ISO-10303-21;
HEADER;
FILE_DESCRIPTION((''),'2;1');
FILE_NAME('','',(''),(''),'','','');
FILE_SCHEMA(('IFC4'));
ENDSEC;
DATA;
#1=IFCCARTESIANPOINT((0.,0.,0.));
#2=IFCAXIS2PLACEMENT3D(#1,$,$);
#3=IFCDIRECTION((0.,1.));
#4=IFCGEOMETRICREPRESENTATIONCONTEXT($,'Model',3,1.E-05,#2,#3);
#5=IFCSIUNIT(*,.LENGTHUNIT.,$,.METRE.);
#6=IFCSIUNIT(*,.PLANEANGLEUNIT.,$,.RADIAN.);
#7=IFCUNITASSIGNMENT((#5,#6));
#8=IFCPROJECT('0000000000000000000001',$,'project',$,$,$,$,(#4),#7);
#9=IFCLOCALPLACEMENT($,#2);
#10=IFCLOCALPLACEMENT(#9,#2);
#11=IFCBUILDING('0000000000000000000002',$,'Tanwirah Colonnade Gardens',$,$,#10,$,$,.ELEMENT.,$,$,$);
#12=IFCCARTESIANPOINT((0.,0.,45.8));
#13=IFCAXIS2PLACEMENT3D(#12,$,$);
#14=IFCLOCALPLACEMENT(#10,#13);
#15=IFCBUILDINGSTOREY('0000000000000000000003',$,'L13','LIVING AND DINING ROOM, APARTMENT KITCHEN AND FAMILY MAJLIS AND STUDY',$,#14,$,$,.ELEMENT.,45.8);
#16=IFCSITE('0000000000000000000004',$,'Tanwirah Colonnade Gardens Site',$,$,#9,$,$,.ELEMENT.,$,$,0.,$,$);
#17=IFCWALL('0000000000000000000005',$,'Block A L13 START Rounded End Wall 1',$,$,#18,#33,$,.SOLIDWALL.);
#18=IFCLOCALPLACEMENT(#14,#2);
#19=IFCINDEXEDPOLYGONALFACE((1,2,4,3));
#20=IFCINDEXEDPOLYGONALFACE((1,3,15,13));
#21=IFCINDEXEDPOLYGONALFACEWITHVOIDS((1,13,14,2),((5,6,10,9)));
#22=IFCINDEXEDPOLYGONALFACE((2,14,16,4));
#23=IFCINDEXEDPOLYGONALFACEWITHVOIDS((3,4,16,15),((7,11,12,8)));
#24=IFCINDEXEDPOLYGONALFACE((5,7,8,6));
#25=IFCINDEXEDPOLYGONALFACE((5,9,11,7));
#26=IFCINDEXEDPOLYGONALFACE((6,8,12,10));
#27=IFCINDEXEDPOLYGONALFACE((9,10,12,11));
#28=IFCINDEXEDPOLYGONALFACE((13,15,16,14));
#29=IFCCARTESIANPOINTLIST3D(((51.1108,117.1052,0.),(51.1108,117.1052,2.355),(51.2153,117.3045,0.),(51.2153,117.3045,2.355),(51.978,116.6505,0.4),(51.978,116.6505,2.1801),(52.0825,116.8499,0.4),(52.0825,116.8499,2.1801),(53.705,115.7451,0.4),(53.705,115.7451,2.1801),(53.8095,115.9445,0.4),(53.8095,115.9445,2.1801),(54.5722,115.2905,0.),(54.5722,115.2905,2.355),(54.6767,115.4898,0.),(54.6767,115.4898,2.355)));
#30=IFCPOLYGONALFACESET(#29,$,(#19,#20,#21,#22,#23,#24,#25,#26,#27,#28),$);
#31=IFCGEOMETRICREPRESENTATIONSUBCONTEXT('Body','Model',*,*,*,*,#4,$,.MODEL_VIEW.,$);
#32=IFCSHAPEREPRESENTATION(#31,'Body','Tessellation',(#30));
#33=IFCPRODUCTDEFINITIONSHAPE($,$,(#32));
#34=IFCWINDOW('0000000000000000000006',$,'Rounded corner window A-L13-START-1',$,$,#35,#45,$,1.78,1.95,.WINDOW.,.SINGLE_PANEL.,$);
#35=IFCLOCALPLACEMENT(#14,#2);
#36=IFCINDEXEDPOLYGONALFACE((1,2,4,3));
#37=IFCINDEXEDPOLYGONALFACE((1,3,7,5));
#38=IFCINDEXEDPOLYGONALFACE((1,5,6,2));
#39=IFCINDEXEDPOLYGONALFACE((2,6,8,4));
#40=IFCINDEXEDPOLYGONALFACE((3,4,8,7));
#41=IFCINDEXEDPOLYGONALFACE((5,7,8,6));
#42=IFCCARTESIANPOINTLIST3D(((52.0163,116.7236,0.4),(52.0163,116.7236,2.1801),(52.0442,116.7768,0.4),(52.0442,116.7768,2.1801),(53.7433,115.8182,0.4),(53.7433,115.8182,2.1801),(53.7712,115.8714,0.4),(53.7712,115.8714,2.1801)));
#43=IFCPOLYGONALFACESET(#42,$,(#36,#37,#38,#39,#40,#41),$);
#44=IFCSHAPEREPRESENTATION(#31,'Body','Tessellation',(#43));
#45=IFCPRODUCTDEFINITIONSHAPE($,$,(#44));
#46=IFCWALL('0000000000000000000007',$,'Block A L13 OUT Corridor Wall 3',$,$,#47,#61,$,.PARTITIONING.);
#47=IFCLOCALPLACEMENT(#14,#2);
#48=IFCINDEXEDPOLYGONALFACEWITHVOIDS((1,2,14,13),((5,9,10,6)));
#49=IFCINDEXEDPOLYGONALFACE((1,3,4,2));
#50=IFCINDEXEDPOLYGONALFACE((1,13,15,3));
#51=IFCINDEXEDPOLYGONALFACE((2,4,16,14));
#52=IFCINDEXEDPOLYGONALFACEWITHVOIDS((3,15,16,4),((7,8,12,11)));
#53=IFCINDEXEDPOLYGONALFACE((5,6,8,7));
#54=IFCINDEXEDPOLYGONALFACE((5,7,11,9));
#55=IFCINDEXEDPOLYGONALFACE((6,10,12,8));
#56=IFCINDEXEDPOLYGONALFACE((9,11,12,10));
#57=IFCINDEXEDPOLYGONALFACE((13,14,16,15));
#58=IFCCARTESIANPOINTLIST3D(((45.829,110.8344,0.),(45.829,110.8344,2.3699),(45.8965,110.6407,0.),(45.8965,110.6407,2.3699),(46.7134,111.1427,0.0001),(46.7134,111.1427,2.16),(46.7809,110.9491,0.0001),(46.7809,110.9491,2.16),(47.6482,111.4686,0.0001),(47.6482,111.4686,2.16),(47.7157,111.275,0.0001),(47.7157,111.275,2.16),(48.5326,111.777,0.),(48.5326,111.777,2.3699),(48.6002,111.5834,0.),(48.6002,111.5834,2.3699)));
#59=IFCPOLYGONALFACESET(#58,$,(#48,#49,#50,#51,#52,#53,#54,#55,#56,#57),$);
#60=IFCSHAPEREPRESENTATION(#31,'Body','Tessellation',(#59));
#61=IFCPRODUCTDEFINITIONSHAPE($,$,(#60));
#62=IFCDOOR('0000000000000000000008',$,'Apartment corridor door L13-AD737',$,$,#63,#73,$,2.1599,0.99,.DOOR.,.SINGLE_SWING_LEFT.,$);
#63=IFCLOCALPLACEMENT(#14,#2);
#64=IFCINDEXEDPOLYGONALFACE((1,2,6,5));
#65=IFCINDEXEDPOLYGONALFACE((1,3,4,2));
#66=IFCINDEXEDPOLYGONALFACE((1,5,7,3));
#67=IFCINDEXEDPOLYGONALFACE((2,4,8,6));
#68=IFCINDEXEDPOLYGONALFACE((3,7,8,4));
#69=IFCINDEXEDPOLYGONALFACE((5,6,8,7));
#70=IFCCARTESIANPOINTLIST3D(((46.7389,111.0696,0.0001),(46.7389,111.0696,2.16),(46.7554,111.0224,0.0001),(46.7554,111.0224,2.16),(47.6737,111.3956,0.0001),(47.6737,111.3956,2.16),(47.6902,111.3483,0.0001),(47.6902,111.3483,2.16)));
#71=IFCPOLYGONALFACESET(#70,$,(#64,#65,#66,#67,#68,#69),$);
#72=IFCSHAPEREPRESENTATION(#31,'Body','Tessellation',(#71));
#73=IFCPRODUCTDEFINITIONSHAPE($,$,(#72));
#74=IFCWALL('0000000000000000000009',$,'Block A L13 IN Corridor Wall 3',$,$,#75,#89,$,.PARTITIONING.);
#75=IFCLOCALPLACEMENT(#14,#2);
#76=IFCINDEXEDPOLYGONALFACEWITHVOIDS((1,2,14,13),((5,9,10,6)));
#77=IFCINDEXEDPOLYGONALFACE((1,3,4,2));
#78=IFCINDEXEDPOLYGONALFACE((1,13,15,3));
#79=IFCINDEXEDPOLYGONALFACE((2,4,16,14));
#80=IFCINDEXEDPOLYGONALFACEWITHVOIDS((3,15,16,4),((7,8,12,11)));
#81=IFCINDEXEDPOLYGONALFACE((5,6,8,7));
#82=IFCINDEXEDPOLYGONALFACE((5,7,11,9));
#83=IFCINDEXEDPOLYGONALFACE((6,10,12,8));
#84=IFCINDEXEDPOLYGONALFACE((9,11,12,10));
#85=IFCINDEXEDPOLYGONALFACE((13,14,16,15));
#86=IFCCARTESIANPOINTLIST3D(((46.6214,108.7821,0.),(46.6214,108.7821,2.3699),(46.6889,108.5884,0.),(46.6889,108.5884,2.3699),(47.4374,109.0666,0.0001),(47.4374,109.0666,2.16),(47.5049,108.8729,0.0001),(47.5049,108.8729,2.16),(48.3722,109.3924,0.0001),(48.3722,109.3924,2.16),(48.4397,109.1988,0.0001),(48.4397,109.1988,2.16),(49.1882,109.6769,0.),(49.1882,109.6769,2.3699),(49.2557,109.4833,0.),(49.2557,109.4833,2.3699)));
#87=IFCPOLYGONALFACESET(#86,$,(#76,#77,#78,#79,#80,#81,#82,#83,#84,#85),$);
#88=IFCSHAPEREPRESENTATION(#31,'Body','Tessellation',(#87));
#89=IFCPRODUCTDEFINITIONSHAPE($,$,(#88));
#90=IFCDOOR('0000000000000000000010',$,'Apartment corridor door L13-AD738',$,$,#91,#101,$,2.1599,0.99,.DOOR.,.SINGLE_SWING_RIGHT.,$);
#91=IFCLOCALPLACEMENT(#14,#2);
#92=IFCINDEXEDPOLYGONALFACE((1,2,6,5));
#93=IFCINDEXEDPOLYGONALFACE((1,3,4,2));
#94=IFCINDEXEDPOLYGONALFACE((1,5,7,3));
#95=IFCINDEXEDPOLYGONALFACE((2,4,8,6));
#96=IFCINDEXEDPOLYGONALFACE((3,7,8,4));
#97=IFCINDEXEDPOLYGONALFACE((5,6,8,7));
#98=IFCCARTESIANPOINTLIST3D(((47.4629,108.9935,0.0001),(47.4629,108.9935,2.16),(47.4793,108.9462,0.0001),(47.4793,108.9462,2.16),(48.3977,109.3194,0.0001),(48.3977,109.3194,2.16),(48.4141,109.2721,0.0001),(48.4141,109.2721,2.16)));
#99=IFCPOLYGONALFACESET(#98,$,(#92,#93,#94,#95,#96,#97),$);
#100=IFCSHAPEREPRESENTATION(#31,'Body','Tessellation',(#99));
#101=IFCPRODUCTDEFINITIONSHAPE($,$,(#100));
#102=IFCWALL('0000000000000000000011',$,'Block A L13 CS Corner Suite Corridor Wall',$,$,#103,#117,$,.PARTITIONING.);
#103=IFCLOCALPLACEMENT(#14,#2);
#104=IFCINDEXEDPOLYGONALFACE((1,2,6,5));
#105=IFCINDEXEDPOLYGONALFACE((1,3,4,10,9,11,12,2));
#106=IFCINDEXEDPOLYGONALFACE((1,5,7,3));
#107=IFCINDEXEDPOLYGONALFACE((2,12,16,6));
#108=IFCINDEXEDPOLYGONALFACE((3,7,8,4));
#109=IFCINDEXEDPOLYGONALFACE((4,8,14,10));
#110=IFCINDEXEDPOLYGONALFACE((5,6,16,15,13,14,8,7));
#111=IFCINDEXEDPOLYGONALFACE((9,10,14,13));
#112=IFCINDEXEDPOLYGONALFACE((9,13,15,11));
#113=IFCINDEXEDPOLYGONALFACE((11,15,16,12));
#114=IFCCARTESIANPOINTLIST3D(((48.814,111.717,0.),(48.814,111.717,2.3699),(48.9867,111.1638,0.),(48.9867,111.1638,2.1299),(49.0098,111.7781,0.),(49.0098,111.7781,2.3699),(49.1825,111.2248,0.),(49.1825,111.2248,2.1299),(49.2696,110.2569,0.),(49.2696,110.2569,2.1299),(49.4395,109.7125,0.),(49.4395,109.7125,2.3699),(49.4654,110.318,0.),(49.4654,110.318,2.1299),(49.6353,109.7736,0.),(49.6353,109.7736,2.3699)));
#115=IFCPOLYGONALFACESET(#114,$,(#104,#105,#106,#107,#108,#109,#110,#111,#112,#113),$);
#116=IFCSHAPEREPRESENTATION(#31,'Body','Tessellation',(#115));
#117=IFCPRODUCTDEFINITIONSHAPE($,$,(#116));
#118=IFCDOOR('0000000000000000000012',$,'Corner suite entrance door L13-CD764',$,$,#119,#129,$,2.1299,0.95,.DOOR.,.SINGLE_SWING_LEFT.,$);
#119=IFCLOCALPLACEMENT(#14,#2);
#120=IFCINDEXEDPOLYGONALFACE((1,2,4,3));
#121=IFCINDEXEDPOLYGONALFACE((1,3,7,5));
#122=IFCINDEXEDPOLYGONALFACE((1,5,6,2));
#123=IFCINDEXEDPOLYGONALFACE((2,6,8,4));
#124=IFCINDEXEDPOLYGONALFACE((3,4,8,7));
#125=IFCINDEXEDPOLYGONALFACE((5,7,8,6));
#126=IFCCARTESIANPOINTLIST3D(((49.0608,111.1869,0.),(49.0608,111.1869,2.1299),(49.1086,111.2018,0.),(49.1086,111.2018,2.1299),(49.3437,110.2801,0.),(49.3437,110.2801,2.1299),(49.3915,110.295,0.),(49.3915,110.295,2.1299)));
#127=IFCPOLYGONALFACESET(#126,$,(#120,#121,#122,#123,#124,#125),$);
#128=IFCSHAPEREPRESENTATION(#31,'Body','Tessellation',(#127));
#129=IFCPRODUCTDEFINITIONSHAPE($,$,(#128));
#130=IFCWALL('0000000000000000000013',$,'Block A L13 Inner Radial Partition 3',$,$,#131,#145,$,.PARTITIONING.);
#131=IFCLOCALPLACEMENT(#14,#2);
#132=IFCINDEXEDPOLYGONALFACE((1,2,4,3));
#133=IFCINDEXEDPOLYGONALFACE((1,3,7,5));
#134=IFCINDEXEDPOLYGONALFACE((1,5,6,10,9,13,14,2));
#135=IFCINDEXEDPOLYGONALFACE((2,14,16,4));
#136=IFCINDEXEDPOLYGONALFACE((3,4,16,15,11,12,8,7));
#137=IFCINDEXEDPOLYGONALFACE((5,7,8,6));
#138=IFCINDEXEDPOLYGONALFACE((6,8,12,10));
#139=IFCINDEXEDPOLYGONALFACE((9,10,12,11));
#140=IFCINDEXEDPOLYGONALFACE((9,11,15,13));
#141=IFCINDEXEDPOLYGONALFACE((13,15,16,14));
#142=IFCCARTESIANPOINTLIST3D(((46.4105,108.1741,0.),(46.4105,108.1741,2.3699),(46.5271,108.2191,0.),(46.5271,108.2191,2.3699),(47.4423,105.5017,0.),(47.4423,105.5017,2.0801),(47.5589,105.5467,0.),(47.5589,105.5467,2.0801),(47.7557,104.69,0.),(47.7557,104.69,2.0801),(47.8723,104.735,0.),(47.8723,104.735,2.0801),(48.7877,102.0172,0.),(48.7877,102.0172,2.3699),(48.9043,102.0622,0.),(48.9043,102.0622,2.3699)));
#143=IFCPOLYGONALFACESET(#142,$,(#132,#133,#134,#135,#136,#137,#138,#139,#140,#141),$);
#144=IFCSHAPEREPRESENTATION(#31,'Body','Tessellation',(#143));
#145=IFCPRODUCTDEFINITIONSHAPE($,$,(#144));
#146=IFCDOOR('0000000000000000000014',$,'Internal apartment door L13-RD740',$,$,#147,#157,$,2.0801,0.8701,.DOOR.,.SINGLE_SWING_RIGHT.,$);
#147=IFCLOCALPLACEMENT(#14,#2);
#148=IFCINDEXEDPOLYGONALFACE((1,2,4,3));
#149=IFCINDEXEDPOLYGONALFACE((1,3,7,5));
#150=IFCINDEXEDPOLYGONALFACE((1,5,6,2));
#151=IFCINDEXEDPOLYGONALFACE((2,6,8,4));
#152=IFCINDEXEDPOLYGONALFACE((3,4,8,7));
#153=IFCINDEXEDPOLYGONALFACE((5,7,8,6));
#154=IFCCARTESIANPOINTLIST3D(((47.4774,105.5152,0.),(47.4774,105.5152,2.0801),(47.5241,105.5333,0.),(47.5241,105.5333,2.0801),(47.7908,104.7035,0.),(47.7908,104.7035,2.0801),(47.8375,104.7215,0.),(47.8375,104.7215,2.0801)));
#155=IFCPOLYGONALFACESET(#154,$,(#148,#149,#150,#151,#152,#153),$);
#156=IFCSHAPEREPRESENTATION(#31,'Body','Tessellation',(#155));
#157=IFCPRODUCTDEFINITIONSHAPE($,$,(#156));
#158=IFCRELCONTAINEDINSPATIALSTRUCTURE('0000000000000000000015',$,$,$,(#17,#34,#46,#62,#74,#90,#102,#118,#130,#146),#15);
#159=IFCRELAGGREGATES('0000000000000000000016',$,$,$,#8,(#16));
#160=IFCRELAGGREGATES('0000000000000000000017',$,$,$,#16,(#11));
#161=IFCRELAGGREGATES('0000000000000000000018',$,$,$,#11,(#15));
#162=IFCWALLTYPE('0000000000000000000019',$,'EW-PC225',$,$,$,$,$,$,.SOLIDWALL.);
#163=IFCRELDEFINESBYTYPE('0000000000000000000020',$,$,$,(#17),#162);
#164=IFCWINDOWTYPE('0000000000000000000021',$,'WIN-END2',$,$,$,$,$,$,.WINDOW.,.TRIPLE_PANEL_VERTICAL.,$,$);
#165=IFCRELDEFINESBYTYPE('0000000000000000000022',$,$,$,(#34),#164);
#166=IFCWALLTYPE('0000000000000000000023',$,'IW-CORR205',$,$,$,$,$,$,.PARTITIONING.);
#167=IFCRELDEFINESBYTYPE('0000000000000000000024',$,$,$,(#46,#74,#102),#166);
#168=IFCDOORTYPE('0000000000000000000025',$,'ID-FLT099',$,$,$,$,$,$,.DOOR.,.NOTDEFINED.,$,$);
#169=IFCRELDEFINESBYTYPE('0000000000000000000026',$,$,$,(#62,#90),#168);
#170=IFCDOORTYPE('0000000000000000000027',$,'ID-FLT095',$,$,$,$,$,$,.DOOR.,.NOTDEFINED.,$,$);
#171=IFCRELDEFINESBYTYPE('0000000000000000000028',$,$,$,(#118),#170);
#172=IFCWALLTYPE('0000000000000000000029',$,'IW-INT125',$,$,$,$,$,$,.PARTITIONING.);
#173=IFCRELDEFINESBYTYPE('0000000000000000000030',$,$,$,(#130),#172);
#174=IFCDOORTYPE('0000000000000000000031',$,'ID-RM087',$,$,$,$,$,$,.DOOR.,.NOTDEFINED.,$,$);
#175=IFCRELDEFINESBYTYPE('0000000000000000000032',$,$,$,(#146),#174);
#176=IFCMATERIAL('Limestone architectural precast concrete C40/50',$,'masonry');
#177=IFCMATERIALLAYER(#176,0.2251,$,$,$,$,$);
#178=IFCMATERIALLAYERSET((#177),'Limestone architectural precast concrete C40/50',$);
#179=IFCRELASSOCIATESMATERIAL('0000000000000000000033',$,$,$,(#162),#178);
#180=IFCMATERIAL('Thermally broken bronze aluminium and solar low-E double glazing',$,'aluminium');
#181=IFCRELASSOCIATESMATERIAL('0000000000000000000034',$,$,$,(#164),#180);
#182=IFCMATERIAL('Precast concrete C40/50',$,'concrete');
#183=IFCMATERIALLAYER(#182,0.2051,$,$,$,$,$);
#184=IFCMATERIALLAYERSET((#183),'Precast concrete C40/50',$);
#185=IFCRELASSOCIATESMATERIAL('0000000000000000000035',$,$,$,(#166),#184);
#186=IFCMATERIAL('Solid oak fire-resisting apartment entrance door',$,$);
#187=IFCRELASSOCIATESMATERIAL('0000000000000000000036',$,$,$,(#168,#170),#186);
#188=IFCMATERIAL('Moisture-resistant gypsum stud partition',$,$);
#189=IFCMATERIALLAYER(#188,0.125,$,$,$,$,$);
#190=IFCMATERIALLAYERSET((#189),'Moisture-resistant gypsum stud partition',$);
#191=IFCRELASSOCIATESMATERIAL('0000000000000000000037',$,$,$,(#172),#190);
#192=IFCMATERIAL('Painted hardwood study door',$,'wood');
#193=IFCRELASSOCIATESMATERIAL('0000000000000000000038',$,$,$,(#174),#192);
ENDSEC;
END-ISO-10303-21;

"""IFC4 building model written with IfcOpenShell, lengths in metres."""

from ifc_helpers import new_model, si_unit, direction, frame, frame_2d, origin, place, context, subcontext, project, spatial, rectangle, extrude, material, layer, layer_set, type_object, element, fill, save


model = new_model("IFC4")

# Units and contexts
model_context = context("Model", 3, precision=1e-05, world=origin(), true_north=direction((0.0, 1.0)))
body_context = subcontext(model_context, "Body", "Model", "MODEL_VIEW")
ifc_project = project(units=[si_unit("LENGTHUNIT", "METRE"), si_unit("PLANEANGLEUNIT", "RADIAN")], contexts=[model_context])

# Site, building, storey
site_placement = place(None, origin())
site = spatial("IfcSite", under=ifc_project, at=site_placement, Name="Tanwirah Colonnade Gardens Site", CompositionType="ELEMENT", RefElevation=0.0)
building_placement = place(site_placement, origin())
building = spatial("IfcBuilding", under=site, at=building_placement, Name="Tanwirah Colonnade Gardens", CompositionType="ELEMENT")
storey_placement = place(building_placement, frame((0.0, 0.0, 45.8)))
storey = spatial("IfcBuildingStorey", under=building, at=storey_placement, Name="L13", Description="LIVING AND DINING ROOM, APARTMENT KITCHEN AND FAMILY MAJLIS AND STUDY", CompositionType="ELEMENT", Elevation=45.8)

# Shared definitions
ifc_material_1 = material(Name="Precast concrete C40/50", Category="concrete")

# Wall, opening, window
ifc_material_2 = material(Name="Limestone architectural precast concrete C40/50", Category="masonry")
ifc_layer_1 = layer(ifc_material_2, 0.2251)
ifc_layer_set_1 = layer_set([ifc_layer_1], Name="Limestone architectural precast concrete C40/50")
wall_type_1 = type_object("IfcWallType", Name="EW-PC225", PredefinedType="SOLIDWALL", material=ifc_layer_set_1)
wall_1_placement = place(storey_placement, frame((51.1631, 117.2048, 0.0), z_axis=(0.0, 0.0, 1.0), x_axis=(0.885666, -0.464322, 0.0)))
wall_1 = element("IfcWall", 1, at=wall_1_placement, inside=storey, type_object=wall_type_1, Name="Block A L13 START Rounded End Wall 1", PredefinedType="SOLIDWALL", context=body_context, shape_type="SweptSolid", body=[
    extrude(rectangle(XDim=3.9082, YDim=0.2251, at=frame_2d((1.9541, 0.0))), origin(), (0.0, 0.0, 1.0), 2.355),
])
opening_1_placement = place(wall_1_placement, frame((0.979, 0.0, 0.3999)))
opening_1 = element("IfcOpeningElement", 2, at=opening_1_placement, cuts=wall_1, PredefinedType="OPENING", context=body_context, shape_type="SweptSolid", body=[
    extrude(rectangle(XDim=1.95, YDim=1.78, at=frame_2d((0.9751, 0.8901))), frame((0.0, 0.1226, 0.0), z_axis=(0.0, -1.0, 0.0), x_axis=(1.0, 0.0, 0.0)), (0.0, 0.0, 1.0), 0.2451),
])
ifc_material_3 = material(Name="Thermally broken bronze aluminium and solar low-E double glazing", Category="aluminium")
window_type = type_object("IfcWindowType", Name="WIN-END2", PartitioningType="TRIPLE_PANEL_VERTICAL", PredefinedType="WINDOW", material=ifc_material_3)
window_placement = place(opening_1_placement, origin())
window = element("IfcWindow", 3, at=window_placement, inside=storey, type_object=window_type, Name="Rounded corner window A-L13-START-1", OverallHeight=1.78, OverallWidth=1.95, PartitioningType="SINGLE_PANEL", PredefinedType="WINDOW", context=body_context, shape_type="SweptSolid", body=[
    extrude(rectangle(XDim=1.95, YDim=1.78, at=frame_2d((0.9751, 0.8901))), frame((0.0, 0.03, 0.0), z_axis=(0.0, -1.0, 0.0), x_axis=(1.0, 0.0, 0.0)), (0.0, 0.0, 1.0), 0.0601),
])
fill(opening_1, window)

# Walls, openings, doors
ifc_layer_2 = layer(ifc_material_1, 0.2051)
ifc_layer_set_2 = layer_set([ifc_layer_2], Name="Precast concrete C40/50")
wall_type_2 = type_object("IfcWallType", Name="IW-CORR205", PredefinedType="PARTITIONING", material=ifc_layer_set_2)
wall_2_placement = place(storey_placement, frame((48.5664, 111.6802, 0.0), z_axis=(0.0, 0.0, 1.0), x_axis=(-0.944254, -0.329218, 0.0)))
wall_2 = element("IfcWall", 4, at=wall_2_placement, inside=storey, type_object=wall_type_2, Name="Block A L13 OUT Corridor Wall 3", PredefinedType="PARTITIONING", context=body_context, shape_type="SweptSolid", body=[
    extrude(rectangle(XDim=2.8633, YDim=0.2051, at=frame_2d((1.4316, 0.0))), origin(), (0.0, 0.0, 1.0), 2.3699),
])
opening_2_placement = place(wall_2_placement, frame((0.9365, 0.0, 0.0)))
opening_2 = element("IfcOpeningElement", 5, at=opening_2_placement, cuts=wall_2, PredefinedType="OPENING", context=body_context, shape_type="SweptSolid", body=[
    extrude(rectangle(XDim=0.99, YDim=2.1599, at=frame_2d((0.4951, 1.0801))), frame((0.0, 0.1125, 0.0), z_axis=(0.0, -1.0, 0.0), x_axis=(1.0, 0.0, 0.0)), (0.0, 0.0, 1.0), 0.2251),
])
ifc_material_4 = material(Name="Solid oak fire-resisting apartment entrance door")
door_type_1 = type_object("IfcDoorType", Name="ID-FLT099", OperationType="NOTDEFINED", PredefinedType="DOOR", material=ifc_material_4)
door_1_placement = place(opening_2_placement, origin())
door_1 = element("IfcDoor", 6, at=door_1_placement, inside=storey, type_object=door_type_1, Name="Apartment corridor door L13-AD737", OperationType="SINGLE_SWING_LEFT", OverallHeight=2.1599, OverallWidth=0.99, PredefinedType="DOOR", context=body_context, shape_type="SweptSolid", body=[
    extrude(rectangle(XDim=0.99, YDim=2.1599, at=frame_2d((0.4951, 1.0801))), frame((0.0, 0.0249, 0.0), z_axis=(0.0, -1.0, 0.0), x_axis=(1.0, 0.0, 0.0)), (0.0, 0.0, 1.0), 0.05),
])
fill(opening_2, door_1)
wall_3_placement = place(storey_placement, frame((49.2219, 109.5801, 0.0), z_axis=(0.0, 0.0, 1.0), x_axis=(-0.944265, -0.329186, 0.0)))
wall_3 = element("IfcWall", 7, at=wall_3_placement, inside=storey, type_object=wall_type_2, Name="Block A L13 IN Corridor Wall 3", PredefinedType="PARTITIONING", context=body_context, shape_type="SweptSolid", body=[
    extrude(rectangle(XDim=2.7183, YDim=0.2051, at=frame_2d((1.3591, 0.0))), origin(), (0.0, 0.0, 1.0), 2.3699),
])
opening_3_placement = place(wall_3_placement, frame((0.864, 0.0, 0.0)))
opening_3 = element("IfcOpeningElement", 8, at=opening_3_placement, cuts=wall_3, PredefinedType="OPENING", context=body_context, shape_type="SweptSolid", body=[
    extrude(rectangle(XDim=0.99, YDim=2.1599, at=frame_2d((0.4951, 1.0801))), frame((0.0, 0.1125, 0.0), z_axis=(0.0, -1.0, 0.0), x_axis=(1.0, 0.0, 0.0)), (0.0, 0.0, 1.0), 0.2251),
])
door_2_placement = place(opening_3_placement, origin())
door_2 = element("IfcDoor", 9, at=door_2_placement, inside=storey, type_object=door_type_1, Name="Apartment corridor door L13-AD738", OperationType="SINGLE_SWING_RIGHT", OverallHeight=2.1599, OverallWidth=0.99, PredefinedType="DOOR", context=body_context, shape_type="SweptSolid", body=[
    extrude(rectangle(XDim=0.99, YDim=2.1599, at=frame_2d((0.4951, 1.0801))), frame((0.0, 0.0249, 0.0), z_axis=(0.0, -1.0, 0.0), x_axis=(1.0, 0.0, 0.0)), (0.0, 0.0, 1.0), 0.05),
])
fill(opening_3, door_2)
wall_4_placement = place(storey_placement, frame((49.5374, 109.7432, 0.0), z_axis=(0.0, 0.0, 1.0), x_axis=(-0.297858, 0.95461, 0.0)))
wall_4 = element("IfcWall", 10, at=wall_4_placement, inside=storey, type_object=wall_type_2, Name="Block A L13 CS Corner Suite Corridor Wall", PredefinedType="PARTITIONING", context=body_context, shape_type="SweptSolid", body=[
    extrude(rectangle(XDim=2.0999, YDim=0.2051, at=frame_2d((1.0498, 0.0))), origin(), (0.0, 0.0, 1.0), 2.3699),
])
opening_4_placement = place(wall_4_placement, frame((0.5701, 0.0, 0.0)))
opening_4 = element("IfcOpeningElement", 11, at=opening_4_placement, cuts=wall_4, PredefinedType="OPENING", context=body_context, shape_type="SweptSolid", body=[
    extrude(rectangle(XDim=0.95, YDim=2.1299, at=frame_2d((0.4751, 1.0649))), frame((0.0, 0.1125, 0.0), z_axis=(0.0, -1.0, 0.0), x_axis=(1.0, 0.0, 0.0)), (0.0, 0.0, 1.0), 0.2251),
])
door_type_2 = type_object("IfcDoorType", Name="ID-FLT095", OperationType="NOTDEFINED", PredefinedType="DOOR", material=ifc_material_4)
door_3_placement = place(opening_4_placement, origin())
door_3 = element("IfcDoor", 12, at=door_3_placement, inside=storey, type_object=door_type_2, Name="Corner suite entrance door L13-CD764", OperationType="SINGLE_SWING_LEFT", OverallHeight=2.1299, OverallWidth=0.95, PredefinedType="DOOR", context=body_context, shape_type="SweptSolid", body=[
    extrude(rectangle(XDim=0.95, YDim=2.1299, at=frame_2d((0.4751, 1.0649))), frame((0.0, 0.0249, 0.0), z_axis=(0.0, -1.0, 0.0), x_axis=(1.0, 0.0, 0.0)), (0.0, 0.0, 1.0), 0.05),
])
fill(opening_4, door_3)
ifc_material_5 = material(Name="Moisture-resistant gypsum stud partition")
ifc_layer_3 = layer(ifc_material_5, 0.125)
ifc_layer_set_3 = layer_set([ifc_layer_3], Name="Moisture-resistant gypsum stud partition")
wall_type_3 = type_object("IfcWallType", Name="IW-INT125", PredefinedType="PARTITIONING", material=ifc_layer_set_3)
wall_5_placement = place(storey_placement, frame((48.8459, 102.0398, 0.0), z_axis=(0.0, 0.0, 1.0), x_axis=(-0.360183, 0.932881, 0.0)))
wall_5 = element("IfcWall", 13, at=wall_5_placement, inside=storey, type_object=wall_type_3, Name="Block A L13 Inner Radial Partition 3", PredefinedType="PARTITIONING", context=body_context, shape_type="SweptSolid", body=[
    extrude(rectangle(XDim=6.5999, YDim=0.125, at=frame_2d((3.2998, 0.0))), origin(), (0.0, 0.0, 1.0), 2.3699),
])
opening_5_placement = place(wall_5_placement, frame((2.865, 0.0, 0.0)))
opening_5 = element("IfcOpeningElement", 14, at=opening_5_placement, cuts=wall_5, PredefinedType="OPENING", context=body_context, shape_type="SweptSolid", body=[
    extrude(rectangle(XDim=0.8701, YDim=2.0801, at=frame_2d((0.4351, 1.04))), frame((0.0, 0.0725, 0.0), z_axis=(0.0, -1.0, 0.0), x_axis=(1.0, 0.0, 0.0)), (0.0, 0.0, 1.0), 0.145),
])
ifc_material_6 = material(Name="Painted hardwood study door", Category="wood")
door_type_3 = type_object("IfcDoorType", Name="ID-RM087", OperationType="NOTDEFINED", PredefinedType="DOOR", material=ifc_material_6)
door_4_placement = place(opening_5_placement, origin())
door_4 = element("IfcDoor", 15, at=door_4_placement, inside=storey, type_object=door_type_3, Name="Internal apartment door L13-RD740", OperationType="SINGLE_SWING_RIGHT", OverallHeight=2.0801, OverallWidth=0.8701, PredefinedType="DOOR", context=body_context, shape_type="SweptSolid", body=[
    extrude(rectangle(XDim=0.8701, YDim=2.0801, at=frame_2d((0.4351, 1.04))), frame((0.0, 0.0249, 0.0), z_axis=(0.0, -1.0, 0.0), x_axis=(1.0, 0.0, 0.0)), (0.0, 0.0, 1.0), 0.05),
])
fill(opening_5, door_4)

save(model, "model.ifc")
